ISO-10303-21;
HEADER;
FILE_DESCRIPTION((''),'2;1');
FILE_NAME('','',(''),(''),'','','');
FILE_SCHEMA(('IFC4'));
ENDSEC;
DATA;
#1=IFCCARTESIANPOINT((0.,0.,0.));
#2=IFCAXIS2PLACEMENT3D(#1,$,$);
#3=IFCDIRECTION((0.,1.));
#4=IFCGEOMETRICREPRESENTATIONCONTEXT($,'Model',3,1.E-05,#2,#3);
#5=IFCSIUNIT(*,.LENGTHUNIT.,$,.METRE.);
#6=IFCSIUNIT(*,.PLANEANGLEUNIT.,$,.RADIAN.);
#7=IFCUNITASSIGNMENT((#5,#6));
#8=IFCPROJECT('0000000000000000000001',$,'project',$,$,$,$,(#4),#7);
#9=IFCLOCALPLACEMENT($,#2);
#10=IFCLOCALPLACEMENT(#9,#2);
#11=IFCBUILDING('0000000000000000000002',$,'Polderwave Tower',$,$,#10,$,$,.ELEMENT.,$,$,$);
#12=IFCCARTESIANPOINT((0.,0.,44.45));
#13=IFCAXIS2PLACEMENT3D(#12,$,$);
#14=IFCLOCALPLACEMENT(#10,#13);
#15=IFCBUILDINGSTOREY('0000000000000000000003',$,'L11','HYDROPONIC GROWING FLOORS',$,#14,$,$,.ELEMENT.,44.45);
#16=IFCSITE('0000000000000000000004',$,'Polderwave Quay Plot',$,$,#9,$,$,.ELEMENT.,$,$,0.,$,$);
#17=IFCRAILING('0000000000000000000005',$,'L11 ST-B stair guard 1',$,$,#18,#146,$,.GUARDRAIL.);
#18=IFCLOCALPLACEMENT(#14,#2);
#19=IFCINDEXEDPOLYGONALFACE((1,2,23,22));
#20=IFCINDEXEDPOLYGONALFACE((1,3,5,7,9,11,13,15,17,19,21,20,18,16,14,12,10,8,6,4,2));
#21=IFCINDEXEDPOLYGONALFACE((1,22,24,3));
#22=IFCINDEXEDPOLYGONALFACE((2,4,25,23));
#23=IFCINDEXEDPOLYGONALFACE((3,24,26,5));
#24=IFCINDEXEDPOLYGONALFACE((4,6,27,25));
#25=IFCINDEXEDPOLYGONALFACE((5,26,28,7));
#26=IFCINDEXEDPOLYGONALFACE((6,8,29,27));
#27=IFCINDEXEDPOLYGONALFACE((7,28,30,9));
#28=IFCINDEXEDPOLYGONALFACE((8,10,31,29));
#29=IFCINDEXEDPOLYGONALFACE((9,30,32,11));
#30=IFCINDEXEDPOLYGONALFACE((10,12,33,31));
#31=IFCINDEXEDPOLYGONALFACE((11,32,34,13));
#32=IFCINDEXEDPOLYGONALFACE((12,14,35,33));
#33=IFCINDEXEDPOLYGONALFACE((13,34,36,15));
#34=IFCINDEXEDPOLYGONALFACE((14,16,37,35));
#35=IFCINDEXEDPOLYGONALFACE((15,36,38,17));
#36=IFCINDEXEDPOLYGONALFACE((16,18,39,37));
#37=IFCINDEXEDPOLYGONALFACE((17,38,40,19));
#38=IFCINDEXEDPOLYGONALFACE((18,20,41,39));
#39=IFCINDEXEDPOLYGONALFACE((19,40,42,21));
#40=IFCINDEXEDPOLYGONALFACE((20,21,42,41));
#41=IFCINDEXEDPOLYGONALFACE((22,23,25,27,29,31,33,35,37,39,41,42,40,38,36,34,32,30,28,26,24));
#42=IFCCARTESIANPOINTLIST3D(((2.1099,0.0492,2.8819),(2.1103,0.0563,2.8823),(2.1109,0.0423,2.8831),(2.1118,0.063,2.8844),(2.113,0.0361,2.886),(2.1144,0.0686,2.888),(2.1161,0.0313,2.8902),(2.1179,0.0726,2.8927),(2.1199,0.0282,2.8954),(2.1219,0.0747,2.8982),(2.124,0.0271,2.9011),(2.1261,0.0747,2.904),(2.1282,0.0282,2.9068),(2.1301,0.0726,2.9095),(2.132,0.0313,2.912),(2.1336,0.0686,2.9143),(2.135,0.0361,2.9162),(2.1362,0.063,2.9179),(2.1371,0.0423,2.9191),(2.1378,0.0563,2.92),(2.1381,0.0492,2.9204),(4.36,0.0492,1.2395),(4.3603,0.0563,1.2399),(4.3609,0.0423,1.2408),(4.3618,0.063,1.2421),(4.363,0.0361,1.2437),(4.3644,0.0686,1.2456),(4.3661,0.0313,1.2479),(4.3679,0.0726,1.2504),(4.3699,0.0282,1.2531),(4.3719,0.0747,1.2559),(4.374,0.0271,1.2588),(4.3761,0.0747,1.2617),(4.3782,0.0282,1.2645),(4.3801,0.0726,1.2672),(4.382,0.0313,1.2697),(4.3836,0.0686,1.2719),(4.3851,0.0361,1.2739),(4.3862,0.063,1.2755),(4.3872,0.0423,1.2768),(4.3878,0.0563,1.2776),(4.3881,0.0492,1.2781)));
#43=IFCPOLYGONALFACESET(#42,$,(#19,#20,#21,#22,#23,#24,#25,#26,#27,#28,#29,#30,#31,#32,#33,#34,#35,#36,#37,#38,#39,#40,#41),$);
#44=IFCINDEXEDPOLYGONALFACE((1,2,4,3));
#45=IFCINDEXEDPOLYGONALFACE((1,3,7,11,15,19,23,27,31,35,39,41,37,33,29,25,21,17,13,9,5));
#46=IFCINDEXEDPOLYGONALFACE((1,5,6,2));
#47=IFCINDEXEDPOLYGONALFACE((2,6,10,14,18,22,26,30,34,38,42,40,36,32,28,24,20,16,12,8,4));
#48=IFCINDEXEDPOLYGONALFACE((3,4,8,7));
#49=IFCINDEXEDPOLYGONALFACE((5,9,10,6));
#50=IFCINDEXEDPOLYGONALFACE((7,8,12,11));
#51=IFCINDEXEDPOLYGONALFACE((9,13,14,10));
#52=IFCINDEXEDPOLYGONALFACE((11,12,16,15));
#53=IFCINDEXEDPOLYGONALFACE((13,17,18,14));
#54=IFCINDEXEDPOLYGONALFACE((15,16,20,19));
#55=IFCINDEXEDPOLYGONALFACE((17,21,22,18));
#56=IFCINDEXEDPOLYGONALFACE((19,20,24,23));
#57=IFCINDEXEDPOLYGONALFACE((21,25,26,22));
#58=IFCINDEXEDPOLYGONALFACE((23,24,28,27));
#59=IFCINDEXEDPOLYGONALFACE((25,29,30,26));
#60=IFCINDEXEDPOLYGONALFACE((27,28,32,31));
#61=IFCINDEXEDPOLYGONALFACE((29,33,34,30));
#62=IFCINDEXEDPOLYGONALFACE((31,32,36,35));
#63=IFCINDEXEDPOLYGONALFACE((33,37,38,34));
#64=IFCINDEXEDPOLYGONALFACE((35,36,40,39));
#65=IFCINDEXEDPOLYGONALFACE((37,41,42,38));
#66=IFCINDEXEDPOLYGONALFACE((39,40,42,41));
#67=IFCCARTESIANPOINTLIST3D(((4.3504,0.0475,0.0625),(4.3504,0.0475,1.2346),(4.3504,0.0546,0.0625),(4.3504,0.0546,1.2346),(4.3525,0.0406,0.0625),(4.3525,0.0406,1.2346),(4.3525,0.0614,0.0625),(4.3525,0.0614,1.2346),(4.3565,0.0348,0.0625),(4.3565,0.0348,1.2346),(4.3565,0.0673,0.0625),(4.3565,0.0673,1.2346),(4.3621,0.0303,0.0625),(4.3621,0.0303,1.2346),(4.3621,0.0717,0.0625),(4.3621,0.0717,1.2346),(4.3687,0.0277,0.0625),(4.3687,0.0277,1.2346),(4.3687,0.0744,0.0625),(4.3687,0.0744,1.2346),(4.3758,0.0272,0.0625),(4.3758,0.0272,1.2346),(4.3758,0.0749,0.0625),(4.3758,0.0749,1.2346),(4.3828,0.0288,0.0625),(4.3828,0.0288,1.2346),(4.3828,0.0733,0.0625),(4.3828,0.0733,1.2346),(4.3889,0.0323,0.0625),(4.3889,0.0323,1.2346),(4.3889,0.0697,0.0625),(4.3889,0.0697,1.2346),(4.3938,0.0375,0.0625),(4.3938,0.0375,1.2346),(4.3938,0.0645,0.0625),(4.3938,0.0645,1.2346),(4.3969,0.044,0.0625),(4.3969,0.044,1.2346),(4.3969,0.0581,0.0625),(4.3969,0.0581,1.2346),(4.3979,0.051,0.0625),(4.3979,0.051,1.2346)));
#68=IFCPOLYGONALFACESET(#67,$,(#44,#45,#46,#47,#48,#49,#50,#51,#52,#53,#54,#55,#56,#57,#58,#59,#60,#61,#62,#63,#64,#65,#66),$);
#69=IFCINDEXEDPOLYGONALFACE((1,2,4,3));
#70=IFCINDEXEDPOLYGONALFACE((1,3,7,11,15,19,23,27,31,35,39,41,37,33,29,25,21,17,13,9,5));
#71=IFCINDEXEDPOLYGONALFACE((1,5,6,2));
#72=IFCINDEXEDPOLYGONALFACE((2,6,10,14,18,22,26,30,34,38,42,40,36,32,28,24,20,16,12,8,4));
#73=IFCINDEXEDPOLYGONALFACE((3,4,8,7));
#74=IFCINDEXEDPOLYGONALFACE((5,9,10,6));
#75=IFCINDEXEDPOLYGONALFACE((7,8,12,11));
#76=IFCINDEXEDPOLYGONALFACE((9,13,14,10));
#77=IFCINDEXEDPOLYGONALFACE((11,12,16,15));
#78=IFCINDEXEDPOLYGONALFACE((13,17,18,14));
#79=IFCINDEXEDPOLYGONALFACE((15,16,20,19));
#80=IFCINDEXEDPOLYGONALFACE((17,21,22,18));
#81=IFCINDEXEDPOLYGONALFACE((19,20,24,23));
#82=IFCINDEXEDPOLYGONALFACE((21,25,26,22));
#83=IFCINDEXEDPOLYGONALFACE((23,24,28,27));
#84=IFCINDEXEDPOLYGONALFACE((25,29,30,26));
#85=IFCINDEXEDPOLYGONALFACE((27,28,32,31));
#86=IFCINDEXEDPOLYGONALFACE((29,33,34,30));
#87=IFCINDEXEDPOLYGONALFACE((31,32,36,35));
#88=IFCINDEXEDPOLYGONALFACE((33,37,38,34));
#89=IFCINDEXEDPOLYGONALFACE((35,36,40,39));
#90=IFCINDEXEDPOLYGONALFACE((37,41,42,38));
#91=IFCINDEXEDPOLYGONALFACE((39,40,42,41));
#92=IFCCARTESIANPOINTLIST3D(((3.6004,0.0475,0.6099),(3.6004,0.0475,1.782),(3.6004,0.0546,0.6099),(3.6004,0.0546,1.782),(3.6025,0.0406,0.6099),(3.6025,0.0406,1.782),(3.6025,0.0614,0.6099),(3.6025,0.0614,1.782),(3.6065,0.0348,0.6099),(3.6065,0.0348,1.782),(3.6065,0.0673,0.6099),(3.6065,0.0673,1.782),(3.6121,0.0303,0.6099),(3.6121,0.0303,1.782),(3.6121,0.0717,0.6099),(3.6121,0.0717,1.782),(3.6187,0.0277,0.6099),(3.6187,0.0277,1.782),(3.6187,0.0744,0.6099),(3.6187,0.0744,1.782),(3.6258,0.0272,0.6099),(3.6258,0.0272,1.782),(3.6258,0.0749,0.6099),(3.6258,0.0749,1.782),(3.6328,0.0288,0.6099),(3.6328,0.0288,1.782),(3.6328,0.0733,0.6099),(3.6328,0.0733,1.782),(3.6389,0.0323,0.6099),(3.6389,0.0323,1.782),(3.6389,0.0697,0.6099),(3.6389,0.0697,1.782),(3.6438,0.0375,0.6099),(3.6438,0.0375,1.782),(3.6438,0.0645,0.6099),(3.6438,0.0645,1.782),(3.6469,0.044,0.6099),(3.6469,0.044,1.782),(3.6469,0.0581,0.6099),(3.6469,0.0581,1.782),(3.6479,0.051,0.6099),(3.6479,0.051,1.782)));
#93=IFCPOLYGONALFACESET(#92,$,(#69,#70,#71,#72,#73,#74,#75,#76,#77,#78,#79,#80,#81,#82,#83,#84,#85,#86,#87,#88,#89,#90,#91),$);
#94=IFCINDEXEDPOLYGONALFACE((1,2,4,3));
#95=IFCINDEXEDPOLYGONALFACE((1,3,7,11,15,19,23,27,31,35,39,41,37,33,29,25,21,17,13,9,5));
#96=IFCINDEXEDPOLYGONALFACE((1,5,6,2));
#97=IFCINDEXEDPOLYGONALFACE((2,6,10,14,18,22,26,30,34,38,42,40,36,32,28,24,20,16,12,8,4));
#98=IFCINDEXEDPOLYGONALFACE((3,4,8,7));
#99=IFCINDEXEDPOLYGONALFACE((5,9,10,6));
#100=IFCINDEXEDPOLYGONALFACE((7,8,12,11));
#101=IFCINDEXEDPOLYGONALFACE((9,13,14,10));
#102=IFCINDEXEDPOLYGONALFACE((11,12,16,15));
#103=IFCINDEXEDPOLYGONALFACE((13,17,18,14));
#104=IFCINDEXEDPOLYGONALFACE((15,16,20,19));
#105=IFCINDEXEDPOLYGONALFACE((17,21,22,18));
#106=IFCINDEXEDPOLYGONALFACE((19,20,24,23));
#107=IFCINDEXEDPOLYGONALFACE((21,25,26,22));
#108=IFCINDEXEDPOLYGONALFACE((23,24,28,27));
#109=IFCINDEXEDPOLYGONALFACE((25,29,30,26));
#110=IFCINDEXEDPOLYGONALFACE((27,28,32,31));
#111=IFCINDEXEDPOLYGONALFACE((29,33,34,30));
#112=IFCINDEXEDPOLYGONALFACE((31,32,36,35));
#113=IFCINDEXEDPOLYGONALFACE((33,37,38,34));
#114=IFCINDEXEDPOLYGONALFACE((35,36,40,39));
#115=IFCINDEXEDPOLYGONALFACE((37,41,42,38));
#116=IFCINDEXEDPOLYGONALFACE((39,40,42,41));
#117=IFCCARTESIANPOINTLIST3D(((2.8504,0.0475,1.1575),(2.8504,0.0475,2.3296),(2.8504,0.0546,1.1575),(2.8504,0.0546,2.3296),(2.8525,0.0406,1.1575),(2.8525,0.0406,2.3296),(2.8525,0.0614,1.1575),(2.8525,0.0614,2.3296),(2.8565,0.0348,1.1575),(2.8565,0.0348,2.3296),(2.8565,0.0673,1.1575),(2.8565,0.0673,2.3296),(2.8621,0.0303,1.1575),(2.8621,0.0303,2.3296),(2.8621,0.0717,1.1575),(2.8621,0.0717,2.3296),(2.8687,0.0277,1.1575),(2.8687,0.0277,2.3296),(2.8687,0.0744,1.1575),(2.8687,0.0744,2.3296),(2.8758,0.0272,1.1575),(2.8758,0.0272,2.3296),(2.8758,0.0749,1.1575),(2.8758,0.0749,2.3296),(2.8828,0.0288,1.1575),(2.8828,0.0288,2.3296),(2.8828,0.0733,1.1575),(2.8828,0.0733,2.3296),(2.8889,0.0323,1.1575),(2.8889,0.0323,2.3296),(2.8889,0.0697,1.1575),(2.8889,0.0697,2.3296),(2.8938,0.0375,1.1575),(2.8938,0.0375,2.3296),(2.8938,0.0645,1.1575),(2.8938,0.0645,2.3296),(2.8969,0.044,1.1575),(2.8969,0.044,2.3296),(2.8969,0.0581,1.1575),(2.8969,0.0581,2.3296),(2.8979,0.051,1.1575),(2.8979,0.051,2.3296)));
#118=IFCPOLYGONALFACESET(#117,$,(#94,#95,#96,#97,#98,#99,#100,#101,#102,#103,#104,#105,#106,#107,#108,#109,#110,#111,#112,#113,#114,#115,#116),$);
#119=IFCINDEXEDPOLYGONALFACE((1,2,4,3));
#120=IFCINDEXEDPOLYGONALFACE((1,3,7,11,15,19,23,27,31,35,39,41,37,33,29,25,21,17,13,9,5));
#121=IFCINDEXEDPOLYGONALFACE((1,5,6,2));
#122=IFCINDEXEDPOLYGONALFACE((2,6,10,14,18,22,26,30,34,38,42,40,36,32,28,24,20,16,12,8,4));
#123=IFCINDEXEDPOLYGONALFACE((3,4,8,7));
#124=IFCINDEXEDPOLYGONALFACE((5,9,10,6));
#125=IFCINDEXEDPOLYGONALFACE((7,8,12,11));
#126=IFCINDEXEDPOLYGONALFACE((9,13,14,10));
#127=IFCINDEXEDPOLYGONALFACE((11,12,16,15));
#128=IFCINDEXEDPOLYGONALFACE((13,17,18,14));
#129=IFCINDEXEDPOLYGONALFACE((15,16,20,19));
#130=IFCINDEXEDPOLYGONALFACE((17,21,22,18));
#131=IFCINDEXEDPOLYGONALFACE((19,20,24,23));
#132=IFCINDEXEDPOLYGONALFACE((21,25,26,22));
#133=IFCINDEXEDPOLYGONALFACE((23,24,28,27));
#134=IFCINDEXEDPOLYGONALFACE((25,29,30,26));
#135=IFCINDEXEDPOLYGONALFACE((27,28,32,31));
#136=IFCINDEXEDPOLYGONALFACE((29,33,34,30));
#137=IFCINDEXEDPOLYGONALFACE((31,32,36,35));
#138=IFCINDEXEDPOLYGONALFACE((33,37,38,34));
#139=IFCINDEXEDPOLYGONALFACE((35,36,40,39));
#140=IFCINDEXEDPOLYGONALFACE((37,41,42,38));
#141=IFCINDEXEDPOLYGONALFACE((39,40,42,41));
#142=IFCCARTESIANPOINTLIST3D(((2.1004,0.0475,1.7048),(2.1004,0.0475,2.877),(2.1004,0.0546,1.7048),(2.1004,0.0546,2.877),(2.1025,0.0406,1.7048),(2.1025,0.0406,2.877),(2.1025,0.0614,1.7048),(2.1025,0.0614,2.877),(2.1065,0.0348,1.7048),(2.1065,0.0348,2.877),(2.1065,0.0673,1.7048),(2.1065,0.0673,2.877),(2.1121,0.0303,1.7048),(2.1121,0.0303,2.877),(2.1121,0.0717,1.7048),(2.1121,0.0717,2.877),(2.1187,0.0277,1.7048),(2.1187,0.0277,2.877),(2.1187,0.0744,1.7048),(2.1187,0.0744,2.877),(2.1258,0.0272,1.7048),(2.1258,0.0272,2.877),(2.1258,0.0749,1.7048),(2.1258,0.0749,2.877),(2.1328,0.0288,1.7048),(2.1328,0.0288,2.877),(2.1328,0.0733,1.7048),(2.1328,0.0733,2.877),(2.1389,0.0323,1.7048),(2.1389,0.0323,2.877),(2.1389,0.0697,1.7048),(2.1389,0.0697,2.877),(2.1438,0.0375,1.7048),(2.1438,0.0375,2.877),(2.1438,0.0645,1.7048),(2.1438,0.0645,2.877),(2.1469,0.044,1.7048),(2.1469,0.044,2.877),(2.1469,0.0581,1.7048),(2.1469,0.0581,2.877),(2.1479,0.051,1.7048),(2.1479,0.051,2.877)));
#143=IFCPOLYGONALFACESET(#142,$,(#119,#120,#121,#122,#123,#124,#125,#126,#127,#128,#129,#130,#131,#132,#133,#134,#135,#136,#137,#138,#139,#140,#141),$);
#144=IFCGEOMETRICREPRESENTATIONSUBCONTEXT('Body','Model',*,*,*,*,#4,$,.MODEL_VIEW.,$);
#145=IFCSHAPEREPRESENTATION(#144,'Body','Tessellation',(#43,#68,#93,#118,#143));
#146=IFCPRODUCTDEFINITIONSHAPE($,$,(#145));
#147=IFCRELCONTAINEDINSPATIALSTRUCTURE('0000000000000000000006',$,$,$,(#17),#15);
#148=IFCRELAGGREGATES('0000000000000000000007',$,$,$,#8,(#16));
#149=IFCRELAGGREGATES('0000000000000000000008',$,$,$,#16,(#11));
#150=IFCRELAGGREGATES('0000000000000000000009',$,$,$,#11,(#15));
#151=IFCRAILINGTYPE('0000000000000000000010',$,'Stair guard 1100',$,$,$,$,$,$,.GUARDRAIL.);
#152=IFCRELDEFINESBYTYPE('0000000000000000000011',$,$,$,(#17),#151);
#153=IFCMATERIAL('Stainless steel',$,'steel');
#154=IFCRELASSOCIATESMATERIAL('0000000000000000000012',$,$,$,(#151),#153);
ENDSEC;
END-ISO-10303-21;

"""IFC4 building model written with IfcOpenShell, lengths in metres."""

from ifc_helpers import new_model, si_unit, direction, frame, origin, origin_2d, place, context, subcontext, project, spatial, circle, extrude, material, type_object, element, save


model = new_model("IFC4")

# Units and contexts
model_context = context("Model", 3, precision=1e-05, world=origin(), true_north=direction((0.0, 1.0)))
body_context = subcontext(model_context, "Body", "Model", "MODEL_VIEW")
ifc_project = project(units=[si_unit("LENGTHUNIT", "METRE"), si_unit("PLANEANGLEUNIT", "RADIAN")], contexts=[model_context])

# Site, building, storey
site_placement = place(None, origin())
site = spatial("IfcSite", under=ifc_project, at=site_placement, Name="Polderwave Quay Plot", CompositionType="ELEMENT", RefElevation=0.0)
building_placement = place(site_placement, origin())
building = spatial("IfcBuilding", under=site, at=building_placement, Name="Polderwave Tower", CompositionType="ELEMENT")
storey_placement = place(building_placement, frame((0.0, 0.0, 44.45)))
storey = spatial("IfcBuildingStorey", under=building, at=storey_placement, Name="L11", Description="HYDROPONIC GROWING FLOORS", CompositionType="ELEMENT", Elevation=44.45)

# Railing
ifc_material_1 = material(Name="Stainless steel", Category="steel")
railing_type_1 = type_object("IfcRailingType", Name="Stair guard 1100", PredefinedType="GUARDRAIL", material=ifc_material_1)
railing_1_placement = place(storey_placement, frame((4.374, 0.051, 0.0625)))
element("IfcRailing", 1, at=railing_1_placement, inside=storey, type_object=railing_type_1, Name="L11 ST-B stair guard 1", PredefinedType="GUARDRAIL", context=body_context, shape_type="SweptSolid", body=[
    extrude(circle(Radius=0.0239, at=origin_2d()), frame((0.0, 0.0, 1.1963), z_axis=(-0.807715, 0.0, 0.589573), x_axis=(0.0, -1.0, 0.0)), (0.0, 0.0, 1.0), 2.7856),
    extrude(circle(Radius=0.0239, at=origin_2d()), origin(), (0.0, 0.0, 1.0), 1.1721),
    extrude(circle(Radius=0.0239, at=origin_2d()), frame((-0.75, 0.0, 0.5474)), (0.0, 0.0, 1.0), 1.1721),
    extrude(circle(Radius=0.0239, at=origin_2d()), frame((-1.5, 0.0, 1.095)), (0.0, 0.0, 1.0), 1.1721),
    extrude(circle(Radius=0.0239, at=origin_2d()), frame((-2.25, 0.0, 1.6423)), (0.0, 0.0, 1.0), 1.1721),
])

save(model, "model.ifc")
